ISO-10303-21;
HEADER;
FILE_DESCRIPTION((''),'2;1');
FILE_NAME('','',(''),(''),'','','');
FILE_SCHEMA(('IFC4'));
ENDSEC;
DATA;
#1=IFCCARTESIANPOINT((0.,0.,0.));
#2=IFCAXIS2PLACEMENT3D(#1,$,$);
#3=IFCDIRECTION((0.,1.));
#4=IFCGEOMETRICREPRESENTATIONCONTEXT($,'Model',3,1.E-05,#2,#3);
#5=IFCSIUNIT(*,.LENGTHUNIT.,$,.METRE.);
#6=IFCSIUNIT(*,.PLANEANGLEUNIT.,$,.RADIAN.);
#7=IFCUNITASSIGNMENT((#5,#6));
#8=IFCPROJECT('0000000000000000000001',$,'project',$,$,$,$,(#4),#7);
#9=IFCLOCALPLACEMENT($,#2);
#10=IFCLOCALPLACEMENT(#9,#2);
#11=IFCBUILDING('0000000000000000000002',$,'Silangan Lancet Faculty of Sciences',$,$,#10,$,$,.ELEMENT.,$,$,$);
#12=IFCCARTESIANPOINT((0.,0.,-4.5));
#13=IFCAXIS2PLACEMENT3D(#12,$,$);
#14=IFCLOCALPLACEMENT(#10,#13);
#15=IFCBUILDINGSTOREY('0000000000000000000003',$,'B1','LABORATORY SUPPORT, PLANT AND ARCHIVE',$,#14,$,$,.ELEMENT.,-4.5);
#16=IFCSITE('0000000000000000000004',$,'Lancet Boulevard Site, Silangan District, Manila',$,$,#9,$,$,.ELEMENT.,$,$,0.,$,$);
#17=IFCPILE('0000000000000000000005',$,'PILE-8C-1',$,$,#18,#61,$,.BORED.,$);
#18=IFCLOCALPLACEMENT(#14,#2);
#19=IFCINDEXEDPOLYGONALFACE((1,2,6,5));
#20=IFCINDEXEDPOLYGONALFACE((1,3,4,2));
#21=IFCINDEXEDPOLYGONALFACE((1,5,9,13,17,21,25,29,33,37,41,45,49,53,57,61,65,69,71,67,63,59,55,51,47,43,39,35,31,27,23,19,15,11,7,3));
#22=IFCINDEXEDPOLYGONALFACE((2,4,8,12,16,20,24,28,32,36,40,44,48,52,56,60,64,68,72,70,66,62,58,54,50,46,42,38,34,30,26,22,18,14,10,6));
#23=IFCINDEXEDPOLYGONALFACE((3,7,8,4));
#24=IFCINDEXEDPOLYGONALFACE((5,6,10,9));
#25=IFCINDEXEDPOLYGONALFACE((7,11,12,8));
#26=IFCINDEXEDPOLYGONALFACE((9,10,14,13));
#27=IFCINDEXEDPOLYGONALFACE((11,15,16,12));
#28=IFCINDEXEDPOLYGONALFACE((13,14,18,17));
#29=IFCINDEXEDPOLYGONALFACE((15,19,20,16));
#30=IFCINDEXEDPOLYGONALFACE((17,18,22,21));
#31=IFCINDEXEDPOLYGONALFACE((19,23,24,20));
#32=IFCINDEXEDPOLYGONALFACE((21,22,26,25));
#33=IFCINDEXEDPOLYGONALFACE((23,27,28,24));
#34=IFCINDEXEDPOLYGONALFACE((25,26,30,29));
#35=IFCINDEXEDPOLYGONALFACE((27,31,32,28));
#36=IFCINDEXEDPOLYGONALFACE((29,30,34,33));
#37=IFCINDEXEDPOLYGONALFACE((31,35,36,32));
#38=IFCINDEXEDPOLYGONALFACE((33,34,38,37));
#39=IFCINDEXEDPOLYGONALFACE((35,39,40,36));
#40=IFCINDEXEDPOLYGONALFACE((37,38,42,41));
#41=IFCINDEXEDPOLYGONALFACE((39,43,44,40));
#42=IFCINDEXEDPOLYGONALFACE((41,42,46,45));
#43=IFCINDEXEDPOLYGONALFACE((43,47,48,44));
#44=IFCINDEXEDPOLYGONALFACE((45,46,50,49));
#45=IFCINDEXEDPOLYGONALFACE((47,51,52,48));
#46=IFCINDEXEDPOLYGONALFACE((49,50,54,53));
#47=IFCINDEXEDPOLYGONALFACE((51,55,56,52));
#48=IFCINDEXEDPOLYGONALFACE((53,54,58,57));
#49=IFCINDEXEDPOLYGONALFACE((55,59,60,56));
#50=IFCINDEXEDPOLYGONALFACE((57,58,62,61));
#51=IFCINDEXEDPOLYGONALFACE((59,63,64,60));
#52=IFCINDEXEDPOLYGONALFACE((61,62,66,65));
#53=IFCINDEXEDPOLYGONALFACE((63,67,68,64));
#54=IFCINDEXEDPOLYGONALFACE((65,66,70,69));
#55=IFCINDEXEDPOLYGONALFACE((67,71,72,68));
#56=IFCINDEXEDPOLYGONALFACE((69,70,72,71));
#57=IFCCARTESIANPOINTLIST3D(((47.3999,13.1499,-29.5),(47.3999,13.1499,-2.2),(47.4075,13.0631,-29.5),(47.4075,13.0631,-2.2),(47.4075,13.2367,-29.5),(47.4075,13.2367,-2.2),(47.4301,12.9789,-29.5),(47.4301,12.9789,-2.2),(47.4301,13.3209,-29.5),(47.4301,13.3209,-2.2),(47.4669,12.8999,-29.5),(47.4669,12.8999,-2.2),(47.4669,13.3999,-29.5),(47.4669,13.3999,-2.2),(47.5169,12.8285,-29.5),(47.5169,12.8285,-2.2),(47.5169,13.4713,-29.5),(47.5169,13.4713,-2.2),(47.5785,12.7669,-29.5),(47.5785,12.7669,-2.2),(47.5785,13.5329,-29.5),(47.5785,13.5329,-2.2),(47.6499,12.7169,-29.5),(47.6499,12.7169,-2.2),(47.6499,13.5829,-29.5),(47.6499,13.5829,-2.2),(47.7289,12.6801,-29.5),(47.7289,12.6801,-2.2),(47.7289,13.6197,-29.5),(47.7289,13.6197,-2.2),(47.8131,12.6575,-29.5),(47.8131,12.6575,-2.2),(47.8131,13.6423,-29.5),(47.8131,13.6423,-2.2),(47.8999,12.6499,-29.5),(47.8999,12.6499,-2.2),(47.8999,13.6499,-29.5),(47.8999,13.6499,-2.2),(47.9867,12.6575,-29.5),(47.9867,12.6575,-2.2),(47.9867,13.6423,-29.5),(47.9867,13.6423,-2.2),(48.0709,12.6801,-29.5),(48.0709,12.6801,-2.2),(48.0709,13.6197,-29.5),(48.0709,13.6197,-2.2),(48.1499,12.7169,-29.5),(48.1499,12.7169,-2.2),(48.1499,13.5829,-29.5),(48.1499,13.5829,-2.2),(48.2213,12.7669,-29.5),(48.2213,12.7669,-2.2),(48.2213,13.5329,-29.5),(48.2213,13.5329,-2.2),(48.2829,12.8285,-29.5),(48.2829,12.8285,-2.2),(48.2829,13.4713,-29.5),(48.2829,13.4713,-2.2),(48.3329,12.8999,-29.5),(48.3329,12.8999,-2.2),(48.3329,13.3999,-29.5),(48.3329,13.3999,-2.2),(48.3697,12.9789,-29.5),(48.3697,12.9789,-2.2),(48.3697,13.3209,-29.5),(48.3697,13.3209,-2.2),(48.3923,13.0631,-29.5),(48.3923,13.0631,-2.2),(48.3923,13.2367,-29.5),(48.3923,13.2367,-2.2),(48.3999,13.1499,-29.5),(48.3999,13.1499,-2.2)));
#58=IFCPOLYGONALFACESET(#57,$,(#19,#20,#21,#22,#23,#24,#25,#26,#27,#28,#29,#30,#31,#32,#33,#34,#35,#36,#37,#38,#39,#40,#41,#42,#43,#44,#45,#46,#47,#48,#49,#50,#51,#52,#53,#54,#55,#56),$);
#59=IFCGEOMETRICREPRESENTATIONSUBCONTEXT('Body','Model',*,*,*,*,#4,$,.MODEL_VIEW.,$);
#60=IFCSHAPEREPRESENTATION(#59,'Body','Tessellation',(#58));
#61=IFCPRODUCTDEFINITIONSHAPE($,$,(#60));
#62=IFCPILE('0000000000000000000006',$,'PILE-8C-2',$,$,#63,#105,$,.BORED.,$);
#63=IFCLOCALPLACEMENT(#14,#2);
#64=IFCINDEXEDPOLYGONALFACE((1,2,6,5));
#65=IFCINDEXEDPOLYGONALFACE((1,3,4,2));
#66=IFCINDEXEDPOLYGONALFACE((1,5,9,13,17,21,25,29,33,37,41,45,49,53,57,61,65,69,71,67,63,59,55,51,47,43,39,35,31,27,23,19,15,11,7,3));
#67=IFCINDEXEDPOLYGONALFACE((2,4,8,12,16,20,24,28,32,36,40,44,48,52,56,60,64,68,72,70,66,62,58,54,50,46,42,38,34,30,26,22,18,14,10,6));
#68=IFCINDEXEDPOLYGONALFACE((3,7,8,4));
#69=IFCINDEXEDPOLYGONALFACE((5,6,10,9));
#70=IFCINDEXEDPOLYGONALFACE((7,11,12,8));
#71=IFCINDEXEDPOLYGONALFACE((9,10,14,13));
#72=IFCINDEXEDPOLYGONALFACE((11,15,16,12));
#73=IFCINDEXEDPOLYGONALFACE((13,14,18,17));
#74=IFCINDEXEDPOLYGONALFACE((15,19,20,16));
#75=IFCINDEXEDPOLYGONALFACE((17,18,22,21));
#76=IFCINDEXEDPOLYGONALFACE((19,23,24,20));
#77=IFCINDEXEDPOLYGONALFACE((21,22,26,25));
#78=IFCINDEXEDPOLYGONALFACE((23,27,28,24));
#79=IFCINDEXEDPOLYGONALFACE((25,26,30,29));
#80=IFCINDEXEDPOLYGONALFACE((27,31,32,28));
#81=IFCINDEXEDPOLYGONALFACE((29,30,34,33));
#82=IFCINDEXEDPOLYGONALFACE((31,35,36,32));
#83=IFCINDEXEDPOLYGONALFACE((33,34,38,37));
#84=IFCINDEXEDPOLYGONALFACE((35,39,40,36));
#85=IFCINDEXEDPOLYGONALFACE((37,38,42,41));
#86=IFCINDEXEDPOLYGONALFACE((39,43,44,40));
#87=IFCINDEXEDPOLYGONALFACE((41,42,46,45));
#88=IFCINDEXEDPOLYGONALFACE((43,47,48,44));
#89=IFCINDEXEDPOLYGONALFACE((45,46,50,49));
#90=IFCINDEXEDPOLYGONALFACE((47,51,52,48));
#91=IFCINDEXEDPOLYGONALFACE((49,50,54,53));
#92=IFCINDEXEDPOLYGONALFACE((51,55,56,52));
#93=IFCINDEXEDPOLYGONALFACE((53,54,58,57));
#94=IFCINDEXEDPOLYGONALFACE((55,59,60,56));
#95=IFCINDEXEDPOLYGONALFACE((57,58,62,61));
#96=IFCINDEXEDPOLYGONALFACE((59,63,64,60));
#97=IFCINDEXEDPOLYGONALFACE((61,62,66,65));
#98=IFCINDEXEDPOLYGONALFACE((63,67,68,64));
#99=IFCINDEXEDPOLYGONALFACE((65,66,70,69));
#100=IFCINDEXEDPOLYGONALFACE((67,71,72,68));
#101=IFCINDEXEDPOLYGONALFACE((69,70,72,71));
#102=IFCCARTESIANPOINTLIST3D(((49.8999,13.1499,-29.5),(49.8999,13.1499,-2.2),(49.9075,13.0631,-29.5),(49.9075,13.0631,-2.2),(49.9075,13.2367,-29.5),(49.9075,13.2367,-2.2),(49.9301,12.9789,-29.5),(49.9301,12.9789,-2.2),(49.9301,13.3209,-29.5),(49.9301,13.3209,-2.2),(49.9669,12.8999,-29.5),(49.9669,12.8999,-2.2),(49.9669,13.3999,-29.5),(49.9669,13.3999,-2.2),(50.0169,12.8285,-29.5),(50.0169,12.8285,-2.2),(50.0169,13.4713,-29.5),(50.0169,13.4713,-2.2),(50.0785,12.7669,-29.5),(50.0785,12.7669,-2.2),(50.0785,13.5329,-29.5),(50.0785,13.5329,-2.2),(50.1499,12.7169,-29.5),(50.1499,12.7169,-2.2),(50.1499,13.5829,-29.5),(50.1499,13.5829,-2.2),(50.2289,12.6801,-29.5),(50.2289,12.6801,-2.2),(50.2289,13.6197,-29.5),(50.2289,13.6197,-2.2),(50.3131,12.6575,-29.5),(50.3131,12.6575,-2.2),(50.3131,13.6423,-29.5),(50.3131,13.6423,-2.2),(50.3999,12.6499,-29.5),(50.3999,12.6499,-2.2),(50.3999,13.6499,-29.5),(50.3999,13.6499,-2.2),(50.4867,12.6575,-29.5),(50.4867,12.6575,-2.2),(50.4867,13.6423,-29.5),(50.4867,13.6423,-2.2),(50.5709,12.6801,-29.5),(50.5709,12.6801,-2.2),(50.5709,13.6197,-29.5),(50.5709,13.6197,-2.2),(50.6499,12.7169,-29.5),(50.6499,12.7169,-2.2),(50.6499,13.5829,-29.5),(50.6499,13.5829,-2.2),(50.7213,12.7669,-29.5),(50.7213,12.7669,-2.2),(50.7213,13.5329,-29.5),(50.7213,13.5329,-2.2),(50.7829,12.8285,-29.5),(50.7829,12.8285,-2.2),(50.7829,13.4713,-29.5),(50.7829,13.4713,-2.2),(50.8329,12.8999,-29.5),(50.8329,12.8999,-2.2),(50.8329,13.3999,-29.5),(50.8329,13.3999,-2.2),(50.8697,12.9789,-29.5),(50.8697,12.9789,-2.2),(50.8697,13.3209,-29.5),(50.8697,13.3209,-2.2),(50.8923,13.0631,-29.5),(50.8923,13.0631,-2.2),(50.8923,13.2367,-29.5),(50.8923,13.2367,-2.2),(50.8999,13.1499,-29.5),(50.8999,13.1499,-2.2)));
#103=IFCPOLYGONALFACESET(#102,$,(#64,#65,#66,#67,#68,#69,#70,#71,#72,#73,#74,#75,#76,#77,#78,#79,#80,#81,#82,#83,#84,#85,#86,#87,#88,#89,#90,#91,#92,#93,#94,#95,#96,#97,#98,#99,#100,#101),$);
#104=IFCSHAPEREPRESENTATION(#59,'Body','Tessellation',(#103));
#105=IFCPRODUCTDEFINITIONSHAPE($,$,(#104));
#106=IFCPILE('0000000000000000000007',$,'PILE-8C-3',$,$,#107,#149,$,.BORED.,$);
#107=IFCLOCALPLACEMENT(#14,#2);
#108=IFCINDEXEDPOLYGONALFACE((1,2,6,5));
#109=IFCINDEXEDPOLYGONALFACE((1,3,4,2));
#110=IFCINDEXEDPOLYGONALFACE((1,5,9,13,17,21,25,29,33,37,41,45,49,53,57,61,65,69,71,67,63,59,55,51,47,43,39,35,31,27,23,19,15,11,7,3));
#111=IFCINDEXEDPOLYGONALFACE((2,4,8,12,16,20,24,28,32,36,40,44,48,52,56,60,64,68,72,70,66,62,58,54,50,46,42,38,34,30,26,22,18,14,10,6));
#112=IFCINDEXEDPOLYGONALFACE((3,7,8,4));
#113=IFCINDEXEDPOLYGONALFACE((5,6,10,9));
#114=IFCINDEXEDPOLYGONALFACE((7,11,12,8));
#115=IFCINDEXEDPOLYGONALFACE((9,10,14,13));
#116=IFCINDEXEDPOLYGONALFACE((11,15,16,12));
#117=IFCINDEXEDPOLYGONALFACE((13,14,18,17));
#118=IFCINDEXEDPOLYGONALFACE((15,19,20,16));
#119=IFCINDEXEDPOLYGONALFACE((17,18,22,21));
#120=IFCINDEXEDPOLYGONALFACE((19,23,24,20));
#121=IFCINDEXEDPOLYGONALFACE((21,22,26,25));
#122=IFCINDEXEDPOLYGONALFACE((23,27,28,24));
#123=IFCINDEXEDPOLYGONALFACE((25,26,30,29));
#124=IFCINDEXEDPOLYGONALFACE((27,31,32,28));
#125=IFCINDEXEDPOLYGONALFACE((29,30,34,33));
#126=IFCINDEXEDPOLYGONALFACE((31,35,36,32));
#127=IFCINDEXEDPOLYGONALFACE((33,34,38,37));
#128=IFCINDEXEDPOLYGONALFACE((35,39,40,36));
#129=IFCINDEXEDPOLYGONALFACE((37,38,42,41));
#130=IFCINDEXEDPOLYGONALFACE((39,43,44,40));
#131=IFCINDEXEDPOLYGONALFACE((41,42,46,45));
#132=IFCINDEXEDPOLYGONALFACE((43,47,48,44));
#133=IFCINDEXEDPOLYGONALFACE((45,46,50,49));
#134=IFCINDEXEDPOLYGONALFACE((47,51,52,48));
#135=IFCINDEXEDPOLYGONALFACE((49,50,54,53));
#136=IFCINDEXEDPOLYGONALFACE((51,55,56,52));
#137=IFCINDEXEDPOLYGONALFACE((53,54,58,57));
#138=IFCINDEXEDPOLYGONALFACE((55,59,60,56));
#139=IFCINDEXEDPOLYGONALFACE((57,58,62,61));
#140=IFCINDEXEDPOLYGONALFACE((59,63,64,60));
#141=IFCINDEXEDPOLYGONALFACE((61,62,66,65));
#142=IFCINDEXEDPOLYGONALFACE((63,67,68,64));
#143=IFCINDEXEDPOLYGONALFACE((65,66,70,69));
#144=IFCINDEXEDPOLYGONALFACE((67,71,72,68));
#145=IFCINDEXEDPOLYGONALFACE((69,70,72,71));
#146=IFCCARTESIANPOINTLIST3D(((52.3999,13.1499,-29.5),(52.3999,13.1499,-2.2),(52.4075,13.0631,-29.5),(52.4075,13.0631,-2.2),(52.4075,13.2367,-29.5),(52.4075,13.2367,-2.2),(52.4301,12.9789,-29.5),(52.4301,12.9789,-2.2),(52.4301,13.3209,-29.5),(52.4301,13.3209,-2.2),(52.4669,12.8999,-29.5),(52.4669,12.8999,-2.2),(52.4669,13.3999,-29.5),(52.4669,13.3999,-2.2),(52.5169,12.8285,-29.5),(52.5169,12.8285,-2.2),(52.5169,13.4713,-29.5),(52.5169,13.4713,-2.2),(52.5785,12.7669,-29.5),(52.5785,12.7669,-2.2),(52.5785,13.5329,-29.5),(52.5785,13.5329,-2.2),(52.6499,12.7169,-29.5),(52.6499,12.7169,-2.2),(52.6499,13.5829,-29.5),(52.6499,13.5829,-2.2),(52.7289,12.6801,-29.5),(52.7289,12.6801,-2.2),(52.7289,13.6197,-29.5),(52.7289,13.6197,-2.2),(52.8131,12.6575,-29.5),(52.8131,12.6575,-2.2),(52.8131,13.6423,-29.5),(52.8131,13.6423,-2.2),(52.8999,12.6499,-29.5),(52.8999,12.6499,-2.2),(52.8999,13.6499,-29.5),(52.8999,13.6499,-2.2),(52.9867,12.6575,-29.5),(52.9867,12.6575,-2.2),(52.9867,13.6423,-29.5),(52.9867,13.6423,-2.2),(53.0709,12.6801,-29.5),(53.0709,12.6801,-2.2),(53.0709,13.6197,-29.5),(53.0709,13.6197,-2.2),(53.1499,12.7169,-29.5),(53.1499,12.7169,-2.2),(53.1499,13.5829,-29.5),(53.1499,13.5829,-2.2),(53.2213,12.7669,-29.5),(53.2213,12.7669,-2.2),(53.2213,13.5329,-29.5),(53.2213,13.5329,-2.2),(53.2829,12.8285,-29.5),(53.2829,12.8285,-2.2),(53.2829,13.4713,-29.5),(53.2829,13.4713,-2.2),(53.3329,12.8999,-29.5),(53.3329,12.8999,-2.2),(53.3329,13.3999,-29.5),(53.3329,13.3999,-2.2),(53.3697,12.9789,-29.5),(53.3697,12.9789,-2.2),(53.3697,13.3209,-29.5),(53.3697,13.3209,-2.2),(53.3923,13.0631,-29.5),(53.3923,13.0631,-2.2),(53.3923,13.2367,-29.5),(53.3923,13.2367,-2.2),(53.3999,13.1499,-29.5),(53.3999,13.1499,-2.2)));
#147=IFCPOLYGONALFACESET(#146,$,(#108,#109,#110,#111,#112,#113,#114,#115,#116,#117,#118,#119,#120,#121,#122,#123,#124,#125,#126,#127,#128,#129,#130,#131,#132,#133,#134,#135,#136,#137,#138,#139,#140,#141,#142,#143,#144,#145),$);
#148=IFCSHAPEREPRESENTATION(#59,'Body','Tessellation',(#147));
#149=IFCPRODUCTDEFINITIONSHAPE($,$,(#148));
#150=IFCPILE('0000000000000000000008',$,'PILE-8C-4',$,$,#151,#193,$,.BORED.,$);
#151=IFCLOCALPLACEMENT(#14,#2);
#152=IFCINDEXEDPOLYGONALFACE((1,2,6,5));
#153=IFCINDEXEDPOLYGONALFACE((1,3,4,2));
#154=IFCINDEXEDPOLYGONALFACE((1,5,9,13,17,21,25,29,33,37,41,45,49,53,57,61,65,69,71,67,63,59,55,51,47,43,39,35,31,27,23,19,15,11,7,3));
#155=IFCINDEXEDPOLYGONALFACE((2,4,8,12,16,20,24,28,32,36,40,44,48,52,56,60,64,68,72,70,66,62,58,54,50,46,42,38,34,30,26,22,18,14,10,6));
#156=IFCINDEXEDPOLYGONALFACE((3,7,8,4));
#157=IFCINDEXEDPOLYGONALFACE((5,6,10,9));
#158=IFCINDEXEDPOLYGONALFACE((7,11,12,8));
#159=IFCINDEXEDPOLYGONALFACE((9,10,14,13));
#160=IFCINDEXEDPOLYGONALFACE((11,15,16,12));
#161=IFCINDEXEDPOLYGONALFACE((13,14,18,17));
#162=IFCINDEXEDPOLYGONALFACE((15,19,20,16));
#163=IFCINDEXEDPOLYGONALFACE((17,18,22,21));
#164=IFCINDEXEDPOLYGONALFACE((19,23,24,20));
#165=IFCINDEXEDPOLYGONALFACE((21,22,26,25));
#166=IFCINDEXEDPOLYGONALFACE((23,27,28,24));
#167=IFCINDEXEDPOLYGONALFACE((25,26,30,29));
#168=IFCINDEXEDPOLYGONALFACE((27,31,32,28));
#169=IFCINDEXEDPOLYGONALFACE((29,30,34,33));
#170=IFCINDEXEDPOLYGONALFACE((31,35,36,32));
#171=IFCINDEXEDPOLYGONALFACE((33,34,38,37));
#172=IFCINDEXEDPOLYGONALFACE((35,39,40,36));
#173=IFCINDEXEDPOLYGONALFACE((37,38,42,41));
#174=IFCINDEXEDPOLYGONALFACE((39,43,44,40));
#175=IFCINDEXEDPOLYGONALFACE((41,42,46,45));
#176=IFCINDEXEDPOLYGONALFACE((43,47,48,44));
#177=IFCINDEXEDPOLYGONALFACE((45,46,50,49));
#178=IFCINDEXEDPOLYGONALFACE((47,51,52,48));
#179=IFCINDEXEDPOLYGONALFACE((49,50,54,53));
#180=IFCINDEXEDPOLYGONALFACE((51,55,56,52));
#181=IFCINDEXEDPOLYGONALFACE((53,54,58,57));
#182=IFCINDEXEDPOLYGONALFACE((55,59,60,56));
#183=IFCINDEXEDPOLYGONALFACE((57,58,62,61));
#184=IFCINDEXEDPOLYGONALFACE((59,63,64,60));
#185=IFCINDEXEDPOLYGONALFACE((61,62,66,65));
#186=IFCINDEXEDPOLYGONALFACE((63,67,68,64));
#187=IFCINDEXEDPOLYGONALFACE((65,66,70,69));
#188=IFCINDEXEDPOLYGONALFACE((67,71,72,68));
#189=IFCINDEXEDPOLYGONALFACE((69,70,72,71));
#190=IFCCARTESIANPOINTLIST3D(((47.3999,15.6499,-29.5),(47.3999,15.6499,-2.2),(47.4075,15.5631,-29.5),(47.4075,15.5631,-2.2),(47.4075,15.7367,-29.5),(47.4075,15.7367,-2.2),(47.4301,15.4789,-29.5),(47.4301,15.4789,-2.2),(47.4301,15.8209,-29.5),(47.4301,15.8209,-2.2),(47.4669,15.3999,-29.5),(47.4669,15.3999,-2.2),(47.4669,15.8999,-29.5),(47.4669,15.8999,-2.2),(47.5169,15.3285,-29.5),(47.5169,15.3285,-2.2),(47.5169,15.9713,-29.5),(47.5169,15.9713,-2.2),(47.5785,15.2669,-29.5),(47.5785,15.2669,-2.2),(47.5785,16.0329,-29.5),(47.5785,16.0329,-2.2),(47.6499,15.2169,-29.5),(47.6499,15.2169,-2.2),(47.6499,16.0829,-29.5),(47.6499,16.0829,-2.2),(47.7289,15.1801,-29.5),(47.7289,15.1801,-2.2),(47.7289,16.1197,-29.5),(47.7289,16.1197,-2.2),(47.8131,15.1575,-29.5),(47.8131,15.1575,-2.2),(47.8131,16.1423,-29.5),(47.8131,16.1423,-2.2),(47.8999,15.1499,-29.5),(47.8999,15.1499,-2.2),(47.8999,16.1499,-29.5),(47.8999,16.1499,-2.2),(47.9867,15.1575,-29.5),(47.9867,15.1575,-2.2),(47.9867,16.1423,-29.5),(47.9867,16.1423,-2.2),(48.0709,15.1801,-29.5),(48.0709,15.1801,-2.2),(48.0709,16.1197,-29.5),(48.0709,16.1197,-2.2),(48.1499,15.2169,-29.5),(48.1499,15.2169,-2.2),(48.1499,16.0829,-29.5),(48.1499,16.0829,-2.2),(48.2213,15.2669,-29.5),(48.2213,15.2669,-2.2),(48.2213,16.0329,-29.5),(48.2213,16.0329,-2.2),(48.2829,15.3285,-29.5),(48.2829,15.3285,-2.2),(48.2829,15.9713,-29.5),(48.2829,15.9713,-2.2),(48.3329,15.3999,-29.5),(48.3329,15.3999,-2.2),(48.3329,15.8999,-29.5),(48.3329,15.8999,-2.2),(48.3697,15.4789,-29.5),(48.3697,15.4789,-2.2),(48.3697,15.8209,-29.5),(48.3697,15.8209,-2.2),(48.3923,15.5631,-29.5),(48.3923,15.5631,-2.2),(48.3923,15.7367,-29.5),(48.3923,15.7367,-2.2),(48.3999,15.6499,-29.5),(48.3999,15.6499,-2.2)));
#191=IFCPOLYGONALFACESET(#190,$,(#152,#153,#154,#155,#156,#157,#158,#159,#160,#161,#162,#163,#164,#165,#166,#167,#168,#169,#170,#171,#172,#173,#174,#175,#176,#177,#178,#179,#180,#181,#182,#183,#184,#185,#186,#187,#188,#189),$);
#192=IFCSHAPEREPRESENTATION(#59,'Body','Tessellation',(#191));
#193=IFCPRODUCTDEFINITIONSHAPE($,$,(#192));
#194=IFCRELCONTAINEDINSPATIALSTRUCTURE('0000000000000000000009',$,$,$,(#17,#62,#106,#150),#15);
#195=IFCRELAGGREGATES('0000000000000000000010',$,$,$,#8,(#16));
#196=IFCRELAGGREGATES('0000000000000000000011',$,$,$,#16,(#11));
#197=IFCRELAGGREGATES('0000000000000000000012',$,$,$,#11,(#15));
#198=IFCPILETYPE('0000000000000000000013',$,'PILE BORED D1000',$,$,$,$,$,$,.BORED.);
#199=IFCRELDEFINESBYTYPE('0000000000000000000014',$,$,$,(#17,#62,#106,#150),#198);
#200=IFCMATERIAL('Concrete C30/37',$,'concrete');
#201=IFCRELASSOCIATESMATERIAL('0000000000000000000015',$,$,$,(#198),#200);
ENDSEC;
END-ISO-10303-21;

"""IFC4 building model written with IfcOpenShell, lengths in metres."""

from ifc_helpers import new_model, si_unit, direction, frame, origin, origin_2d, place, context, subcontext, project, spatial, circle, extrude, material, material_profile, profile_set, type_object, element, save


model = new_model("IFC4")

# Units and contexts
model_context = context("Model", 3, precision=1e-05, world=origin(), true_north=direction((0.0, 1.0)))
body_context = subcontext(model_context, "Body", "Model", "MODEL_VIEW")
ifc_project = project(units=[si_unit("LENGTHUNIT", "METRE"), si_unit("PLANEANGLEUNIT", "RADIAN")], contexts=[model_context])

# Site, building, storey
site_placement = place(None, origin())
site = spatial("IfcSite", under=ifc_project, at=site_placement, Name="Lancet Boulevard Site, Silangan District, Manila", CompositionType="ELEMENT", RefElevation=0.0)
building_placement = place(site_placement, origin())
building = spatial("IfcBuilding", under=site, at=building_placement, Name="Silangan Lancet Faculty of Sciences", CompositionType="ELEMENT")
storey_placement = place(building_placement, frame((0.0, 0.0, -4.5)))
storey = spatial("IfcBuildingStorey", under=building, at=storey_placement, Name="B1", Description="LABORATORY SUPPORT, PLANT AND ARCHIVE", CompositionType="ELEMENT", Elevation=-4.5)

# Piles
ifc_material_1 = material(Name="Concrete C30/37", Category="concrete")
ifc_material_profile_1 = material_profile(ifc_material_1, circle(Radius=0.5, at=origin_2d()), Name="BORED PILE D1000")
ifc_profile_set_1 = profile_set([ifc_material_profile_1], Name="Concrete C30/37")
pile_type = type_object("IfcPileType", Name="PILE BORED D1000", PredefinedType="BORED", material=ifc_profile_set_1)
for number, where, z_axis, x_axis, name in (
    (1, (47.8999, 13.1499, -2.2), (0.0, 0.0, -1.0), (1.0, 0.0, 0.0), "PILE-8C-1"),
    (2, (50.3999, 13.1499, -2.2), (0.0, 0.0, -1.0), (1.0, 0.0, 0.0), "PILE-8C-2"),
    (3, (52.8999, 13.1499, -2.2), (0.0, 0.0, -1.0), (1.0, 0.0, 0.0), "PILE-8C-3"),
    (4, (47.8999, 15.6499, -2.2), (0.0, 0.0, -1.0), (1.0, 0.0, 0.0), "PILE-8C-4"),
):
    element("IfcPile", number, at=place(storey_placement, frame(where, z_axis=z_axis, x_axis=x_axis)), inside=storey, type_object=pile_type, Name=name, PredefinedType="BORED", context=body_context, shape_type="SweptSolid", body=[
        extrude(circle(Radius=0.5, at=origin_2d()), origin(), (0.0, 0.0, 1.0), 27.3),
    ])

save(model, "model.ifc")
